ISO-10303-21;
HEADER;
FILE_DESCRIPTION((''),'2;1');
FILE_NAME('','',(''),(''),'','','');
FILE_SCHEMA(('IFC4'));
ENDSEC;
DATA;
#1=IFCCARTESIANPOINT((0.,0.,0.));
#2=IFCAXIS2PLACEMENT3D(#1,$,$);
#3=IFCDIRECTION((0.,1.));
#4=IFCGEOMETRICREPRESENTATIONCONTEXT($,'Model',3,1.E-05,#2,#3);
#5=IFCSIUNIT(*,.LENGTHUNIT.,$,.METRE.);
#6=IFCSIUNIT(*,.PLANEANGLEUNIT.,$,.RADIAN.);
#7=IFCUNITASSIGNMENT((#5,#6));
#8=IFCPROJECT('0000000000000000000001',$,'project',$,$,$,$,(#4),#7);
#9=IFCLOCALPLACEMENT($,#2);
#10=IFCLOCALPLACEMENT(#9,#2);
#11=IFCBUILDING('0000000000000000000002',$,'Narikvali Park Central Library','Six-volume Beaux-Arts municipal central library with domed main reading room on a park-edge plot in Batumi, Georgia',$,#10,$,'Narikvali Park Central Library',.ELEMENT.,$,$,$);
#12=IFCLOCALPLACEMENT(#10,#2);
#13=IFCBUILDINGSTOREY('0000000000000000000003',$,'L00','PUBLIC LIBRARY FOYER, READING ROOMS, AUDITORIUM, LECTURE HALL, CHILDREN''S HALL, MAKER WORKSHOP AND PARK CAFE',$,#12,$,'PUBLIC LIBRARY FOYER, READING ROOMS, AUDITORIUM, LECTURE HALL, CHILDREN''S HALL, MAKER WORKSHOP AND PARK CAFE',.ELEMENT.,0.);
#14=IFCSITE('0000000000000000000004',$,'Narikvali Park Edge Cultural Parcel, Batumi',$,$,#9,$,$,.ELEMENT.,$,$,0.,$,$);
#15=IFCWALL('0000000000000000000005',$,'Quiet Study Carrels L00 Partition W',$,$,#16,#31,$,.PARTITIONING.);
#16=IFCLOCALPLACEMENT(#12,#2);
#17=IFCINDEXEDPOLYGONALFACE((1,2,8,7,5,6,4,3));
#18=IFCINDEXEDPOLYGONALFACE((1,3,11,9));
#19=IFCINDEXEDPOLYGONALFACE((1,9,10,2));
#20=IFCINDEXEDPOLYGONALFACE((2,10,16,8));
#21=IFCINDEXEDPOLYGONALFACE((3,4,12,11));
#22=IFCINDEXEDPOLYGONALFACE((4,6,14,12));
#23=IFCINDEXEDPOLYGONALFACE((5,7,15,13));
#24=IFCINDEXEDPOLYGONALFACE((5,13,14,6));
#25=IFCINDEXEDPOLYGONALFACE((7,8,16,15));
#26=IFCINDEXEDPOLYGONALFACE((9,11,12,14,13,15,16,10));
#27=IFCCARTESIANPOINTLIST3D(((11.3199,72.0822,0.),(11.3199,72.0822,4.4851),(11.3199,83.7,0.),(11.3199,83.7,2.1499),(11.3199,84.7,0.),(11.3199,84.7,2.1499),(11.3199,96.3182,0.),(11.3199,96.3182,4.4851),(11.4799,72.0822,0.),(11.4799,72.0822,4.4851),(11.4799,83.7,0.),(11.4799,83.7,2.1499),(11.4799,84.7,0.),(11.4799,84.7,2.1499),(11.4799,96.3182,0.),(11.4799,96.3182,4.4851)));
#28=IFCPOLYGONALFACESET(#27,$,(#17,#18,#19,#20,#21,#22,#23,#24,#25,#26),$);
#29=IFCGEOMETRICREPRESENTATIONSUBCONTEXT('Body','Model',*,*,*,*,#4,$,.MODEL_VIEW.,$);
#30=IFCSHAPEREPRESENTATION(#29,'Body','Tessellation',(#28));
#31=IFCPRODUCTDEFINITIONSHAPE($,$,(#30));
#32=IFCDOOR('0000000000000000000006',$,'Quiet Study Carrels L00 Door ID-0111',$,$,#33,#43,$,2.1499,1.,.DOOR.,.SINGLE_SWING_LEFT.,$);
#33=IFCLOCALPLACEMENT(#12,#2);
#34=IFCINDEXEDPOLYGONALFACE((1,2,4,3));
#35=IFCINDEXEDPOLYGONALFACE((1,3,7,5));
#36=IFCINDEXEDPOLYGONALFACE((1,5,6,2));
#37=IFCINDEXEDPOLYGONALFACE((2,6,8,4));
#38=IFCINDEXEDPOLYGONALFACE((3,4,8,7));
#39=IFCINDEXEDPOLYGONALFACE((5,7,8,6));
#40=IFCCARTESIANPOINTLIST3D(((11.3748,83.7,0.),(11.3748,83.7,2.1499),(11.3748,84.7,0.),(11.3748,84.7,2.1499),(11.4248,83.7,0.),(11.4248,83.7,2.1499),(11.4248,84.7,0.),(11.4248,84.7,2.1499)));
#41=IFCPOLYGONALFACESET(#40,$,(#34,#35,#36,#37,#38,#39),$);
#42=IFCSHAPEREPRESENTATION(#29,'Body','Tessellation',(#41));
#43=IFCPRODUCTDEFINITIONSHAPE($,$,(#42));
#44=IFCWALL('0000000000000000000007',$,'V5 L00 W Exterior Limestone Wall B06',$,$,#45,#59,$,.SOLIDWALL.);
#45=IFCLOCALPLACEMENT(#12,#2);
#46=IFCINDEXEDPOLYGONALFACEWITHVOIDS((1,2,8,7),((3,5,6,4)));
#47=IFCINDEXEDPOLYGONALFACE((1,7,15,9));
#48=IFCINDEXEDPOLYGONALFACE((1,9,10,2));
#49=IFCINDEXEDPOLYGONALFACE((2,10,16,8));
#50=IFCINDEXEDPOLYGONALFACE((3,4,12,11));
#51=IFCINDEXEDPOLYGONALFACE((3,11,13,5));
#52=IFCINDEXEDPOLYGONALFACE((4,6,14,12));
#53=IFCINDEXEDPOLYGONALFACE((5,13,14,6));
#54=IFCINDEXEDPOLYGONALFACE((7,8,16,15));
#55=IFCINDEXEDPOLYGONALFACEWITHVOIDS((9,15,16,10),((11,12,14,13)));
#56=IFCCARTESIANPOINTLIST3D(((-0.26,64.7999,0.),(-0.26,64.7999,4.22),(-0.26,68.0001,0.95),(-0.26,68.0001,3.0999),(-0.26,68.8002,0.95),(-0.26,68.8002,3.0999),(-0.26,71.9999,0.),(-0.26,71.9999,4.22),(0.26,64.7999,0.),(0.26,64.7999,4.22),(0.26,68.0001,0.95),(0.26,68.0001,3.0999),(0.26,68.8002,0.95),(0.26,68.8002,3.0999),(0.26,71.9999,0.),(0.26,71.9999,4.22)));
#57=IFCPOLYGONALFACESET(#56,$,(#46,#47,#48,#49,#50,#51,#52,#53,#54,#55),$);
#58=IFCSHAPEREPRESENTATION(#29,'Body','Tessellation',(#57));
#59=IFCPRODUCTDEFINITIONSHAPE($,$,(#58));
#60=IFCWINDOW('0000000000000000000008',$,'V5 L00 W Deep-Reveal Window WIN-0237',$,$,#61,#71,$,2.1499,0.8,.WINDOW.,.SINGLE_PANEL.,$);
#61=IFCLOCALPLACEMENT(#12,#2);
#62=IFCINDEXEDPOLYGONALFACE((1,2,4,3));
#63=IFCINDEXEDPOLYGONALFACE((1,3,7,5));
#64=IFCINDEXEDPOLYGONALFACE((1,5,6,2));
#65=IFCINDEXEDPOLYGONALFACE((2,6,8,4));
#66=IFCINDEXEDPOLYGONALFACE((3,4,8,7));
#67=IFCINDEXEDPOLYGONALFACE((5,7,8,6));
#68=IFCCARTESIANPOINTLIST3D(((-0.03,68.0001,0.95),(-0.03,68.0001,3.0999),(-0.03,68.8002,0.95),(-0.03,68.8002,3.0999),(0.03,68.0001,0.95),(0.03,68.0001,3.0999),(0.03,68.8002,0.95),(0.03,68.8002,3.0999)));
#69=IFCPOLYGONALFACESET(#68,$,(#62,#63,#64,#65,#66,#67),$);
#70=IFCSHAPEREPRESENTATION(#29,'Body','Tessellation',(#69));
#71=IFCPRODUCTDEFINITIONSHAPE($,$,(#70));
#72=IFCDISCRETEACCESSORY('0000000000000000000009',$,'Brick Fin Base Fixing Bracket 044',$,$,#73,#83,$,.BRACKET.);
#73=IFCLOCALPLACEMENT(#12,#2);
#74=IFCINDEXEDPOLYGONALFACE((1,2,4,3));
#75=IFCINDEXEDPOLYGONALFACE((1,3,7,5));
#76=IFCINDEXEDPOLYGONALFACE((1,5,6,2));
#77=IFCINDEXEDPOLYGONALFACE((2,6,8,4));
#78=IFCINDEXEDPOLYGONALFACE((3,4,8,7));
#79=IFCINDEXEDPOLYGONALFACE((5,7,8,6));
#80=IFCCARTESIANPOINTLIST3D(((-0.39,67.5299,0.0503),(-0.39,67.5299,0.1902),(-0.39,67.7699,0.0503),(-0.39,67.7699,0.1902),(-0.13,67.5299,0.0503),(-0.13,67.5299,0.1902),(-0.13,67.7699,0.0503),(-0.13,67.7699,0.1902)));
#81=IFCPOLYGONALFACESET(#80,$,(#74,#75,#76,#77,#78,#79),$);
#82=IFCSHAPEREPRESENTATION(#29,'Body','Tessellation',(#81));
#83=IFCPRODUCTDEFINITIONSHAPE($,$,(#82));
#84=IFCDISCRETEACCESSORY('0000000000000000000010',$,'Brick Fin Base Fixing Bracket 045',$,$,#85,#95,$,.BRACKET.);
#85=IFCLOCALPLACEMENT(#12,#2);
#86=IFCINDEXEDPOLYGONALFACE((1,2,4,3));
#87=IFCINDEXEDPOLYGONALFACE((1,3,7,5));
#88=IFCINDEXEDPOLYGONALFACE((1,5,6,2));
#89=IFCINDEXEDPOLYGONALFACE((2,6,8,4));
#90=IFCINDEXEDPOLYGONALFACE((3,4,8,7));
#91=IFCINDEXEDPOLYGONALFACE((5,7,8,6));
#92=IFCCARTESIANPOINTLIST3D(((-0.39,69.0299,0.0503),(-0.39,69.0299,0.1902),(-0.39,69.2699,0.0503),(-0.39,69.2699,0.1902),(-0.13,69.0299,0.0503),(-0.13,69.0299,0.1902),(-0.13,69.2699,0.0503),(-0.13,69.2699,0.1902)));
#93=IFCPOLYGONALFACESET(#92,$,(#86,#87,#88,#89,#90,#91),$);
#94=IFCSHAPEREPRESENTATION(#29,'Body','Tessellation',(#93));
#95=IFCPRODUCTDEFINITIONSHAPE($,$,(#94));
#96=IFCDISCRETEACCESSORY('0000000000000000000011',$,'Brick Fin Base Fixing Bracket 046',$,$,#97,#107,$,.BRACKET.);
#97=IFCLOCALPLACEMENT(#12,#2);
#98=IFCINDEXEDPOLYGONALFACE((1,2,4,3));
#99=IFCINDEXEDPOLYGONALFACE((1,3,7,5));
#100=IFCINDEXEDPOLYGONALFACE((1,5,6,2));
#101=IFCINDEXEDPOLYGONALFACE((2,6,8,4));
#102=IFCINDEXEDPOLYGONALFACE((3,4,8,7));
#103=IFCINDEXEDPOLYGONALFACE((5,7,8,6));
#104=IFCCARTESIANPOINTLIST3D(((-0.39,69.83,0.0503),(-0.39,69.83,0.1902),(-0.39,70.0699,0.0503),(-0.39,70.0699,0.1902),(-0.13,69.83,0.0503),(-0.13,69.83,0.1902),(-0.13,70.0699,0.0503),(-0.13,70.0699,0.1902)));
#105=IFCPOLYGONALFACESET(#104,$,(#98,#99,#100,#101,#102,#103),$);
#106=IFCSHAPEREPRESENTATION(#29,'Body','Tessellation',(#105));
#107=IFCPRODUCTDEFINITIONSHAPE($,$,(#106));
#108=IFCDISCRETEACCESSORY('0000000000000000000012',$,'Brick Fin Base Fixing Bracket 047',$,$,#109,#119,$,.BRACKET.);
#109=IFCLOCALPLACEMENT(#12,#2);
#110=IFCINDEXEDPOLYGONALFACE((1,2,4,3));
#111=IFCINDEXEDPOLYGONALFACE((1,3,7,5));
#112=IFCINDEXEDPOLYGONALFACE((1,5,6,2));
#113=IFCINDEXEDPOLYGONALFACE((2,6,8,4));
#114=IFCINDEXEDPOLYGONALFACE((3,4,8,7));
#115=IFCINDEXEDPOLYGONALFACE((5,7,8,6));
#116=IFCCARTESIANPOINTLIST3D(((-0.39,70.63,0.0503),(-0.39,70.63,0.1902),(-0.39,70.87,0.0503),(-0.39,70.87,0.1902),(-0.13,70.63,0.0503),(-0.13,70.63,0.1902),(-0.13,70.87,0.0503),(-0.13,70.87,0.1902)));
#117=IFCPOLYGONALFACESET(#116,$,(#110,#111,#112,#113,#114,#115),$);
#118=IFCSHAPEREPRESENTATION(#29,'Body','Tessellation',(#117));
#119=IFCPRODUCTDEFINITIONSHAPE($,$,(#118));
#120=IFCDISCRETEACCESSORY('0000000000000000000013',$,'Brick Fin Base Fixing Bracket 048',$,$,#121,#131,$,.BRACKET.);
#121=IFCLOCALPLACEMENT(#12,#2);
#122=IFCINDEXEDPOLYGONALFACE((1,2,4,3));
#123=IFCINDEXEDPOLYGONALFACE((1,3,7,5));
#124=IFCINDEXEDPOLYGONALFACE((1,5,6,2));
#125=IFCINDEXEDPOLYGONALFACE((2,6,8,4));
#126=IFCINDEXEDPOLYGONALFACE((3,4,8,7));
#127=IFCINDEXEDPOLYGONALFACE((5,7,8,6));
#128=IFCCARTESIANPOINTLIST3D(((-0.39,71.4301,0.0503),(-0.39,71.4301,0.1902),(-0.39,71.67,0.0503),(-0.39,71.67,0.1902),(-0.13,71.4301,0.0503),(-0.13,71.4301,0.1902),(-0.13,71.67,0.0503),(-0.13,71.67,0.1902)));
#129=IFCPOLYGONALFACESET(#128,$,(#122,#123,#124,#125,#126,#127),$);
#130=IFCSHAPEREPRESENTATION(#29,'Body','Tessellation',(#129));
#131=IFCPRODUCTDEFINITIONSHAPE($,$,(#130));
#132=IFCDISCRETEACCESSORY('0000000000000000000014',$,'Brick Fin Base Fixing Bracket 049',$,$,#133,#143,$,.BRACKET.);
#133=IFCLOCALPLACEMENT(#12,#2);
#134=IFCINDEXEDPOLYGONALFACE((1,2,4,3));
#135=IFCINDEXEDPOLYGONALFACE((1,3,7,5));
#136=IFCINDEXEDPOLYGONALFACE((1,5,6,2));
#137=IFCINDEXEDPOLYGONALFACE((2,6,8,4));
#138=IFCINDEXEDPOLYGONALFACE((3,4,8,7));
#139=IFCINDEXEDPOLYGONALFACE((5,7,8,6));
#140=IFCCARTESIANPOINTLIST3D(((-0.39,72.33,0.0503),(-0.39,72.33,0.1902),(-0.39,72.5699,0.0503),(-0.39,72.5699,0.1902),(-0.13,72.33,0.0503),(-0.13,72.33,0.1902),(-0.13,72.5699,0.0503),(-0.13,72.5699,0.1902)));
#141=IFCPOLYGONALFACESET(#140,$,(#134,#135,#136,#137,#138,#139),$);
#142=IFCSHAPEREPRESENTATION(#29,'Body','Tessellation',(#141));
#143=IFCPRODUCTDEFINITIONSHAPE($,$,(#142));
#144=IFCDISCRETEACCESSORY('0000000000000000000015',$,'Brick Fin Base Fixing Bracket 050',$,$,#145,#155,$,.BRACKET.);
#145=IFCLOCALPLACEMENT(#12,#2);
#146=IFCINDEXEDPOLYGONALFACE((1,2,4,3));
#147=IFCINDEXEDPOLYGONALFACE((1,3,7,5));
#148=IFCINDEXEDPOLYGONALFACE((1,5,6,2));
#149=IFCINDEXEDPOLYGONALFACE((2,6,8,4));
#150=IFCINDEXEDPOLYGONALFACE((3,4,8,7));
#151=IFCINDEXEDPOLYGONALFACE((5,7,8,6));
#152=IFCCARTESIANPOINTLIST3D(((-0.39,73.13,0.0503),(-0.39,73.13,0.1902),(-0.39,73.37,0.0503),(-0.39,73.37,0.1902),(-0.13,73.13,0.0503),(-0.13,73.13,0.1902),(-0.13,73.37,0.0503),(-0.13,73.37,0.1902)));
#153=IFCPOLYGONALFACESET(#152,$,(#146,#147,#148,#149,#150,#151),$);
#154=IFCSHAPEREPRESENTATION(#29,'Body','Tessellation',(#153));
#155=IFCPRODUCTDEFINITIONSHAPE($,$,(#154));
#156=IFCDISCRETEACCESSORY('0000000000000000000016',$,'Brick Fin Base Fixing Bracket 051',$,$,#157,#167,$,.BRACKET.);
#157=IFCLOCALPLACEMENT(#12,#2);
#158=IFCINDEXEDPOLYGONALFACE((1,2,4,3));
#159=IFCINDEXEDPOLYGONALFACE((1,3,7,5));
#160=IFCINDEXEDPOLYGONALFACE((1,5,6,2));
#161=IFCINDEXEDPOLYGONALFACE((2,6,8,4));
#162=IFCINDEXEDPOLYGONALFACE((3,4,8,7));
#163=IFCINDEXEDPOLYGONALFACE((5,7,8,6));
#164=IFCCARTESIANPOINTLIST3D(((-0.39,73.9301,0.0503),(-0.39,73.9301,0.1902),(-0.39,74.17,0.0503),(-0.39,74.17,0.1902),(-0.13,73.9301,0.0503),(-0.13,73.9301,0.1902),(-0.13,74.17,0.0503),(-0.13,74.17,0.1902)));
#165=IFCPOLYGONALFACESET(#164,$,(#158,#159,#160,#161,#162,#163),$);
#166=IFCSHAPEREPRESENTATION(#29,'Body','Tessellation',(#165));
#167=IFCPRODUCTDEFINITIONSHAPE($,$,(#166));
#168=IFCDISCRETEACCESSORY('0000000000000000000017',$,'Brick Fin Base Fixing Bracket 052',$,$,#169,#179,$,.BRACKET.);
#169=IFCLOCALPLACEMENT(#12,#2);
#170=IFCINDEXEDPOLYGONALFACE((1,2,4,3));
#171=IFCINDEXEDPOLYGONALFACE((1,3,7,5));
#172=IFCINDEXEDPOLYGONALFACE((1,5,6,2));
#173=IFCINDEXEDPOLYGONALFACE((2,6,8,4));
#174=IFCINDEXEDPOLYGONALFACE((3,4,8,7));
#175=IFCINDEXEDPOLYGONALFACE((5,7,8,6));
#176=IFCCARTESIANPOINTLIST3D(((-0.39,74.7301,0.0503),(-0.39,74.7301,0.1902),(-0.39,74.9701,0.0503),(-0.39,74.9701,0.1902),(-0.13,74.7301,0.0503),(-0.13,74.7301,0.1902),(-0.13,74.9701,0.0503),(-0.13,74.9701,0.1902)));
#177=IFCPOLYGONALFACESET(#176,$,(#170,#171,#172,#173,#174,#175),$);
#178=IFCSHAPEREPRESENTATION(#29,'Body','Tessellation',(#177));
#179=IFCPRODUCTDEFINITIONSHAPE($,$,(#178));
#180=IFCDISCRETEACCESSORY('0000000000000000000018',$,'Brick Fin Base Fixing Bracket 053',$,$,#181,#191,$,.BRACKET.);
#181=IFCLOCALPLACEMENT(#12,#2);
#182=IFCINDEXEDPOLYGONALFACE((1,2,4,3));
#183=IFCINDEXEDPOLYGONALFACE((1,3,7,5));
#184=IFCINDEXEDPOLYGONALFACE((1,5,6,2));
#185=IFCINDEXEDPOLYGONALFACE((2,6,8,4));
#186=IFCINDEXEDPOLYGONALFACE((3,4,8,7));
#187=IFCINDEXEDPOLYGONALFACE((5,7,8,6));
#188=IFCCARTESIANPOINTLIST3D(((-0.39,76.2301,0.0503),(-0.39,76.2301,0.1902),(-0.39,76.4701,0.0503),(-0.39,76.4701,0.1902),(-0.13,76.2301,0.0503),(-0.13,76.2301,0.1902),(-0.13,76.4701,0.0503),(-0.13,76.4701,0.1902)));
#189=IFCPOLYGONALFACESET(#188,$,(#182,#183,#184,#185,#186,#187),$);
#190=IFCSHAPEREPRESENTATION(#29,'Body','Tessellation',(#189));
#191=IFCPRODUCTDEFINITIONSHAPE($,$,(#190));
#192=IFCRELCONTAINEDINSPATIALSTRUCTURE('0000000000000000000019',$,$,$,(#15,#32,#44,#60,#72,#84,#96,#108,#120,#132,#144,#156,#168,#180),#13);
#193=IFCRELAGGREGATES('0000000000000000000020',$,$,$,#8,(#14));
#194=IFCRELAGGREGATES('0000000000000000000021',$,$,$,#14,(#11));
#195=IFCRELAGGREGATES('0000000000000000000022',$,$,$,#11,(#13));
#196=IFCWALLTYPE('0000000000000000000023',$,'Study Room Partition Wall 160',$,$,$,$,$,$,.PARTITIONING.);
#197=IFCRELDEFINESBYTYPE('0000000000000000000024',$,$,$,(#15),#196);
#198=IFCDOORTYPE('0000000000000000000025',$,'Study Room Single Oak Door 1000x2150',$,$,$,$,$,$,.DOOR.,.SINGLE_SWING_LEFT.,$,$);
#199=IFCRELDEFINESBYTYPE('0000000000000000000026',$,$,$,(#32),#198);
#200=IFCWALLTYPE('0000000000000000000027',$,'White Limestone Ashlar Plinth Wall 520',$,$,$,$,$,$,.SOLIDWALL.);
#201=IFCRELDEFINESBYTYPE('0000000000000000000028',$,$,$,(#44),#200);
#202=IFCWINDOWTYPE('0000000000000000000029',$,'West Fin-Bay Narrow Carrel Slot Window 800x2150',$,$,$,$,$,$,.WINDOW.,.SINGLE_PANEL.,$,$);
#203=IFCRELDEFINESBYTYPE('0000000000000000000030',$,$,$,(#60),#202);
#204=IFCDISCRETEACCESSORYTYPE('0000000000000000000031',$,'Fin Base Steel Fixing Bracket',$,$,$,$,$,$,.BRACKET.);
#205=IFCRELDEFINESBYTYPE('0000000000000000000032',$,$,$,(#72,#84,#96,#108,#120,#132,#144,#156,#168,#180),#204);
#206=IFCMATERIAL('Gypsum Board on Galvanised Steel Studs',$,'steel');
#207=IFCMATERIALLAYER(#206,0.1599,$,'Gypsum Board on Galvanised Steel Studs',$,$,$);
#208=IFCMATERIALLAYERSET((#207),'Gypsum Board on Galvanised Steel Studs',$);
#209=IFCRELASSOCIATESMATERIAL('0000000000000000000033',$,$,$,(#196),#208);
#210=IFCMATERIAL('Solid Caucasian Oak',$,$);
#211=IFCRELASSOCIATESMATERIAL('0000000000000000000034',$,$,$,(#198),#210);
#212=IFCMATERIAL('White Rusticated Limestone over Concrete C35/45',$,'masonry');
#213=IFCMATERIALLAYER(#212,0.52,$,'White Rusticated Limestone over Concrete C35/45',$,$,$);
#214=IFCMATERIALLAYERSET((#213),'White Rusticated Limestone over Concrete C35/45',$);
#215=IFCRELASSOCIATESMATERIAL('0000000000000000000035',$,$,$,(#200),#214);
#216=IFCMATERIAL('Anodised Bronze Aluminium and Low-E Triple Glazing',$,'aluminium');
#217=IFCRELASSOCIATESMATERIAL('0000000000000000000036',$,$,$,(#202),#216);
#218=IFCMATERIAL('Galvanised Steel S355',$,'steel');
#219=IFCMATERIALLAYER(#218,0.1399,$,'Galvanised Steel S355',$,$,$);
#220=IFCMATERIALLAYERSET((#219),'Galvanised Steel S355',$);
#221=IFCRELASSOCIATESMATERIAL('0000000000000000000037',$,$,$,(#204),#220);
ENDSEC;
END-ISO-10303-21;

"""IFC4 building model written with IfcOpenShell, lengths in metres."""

from ifc_helpers import new_model, si_unit, direction, frame, frame_2d, origin, origin_2d, place, context, subcontext, project, spatial, rectangle, extrude, material, layer, layer_set, type_object, element, fill, save


model = new_model("IFC4")

# Units and contexts
model_context = context("Model", 3, precision=1e-05, world=origin(), true_north=direction((0.0, 1.0)))
body_context = subcontext(model_context, "Body", "Model", "MODEL_VIEW")
ifc_project = project(units=[si_unit("LENGTHUNIT", "METRE"), si_unit("PLANEANGLEUNIT", "RADIAN")], contexts=[model_context])

# Site, building, storey
site_placement = place(None, origin())
site = spatial("IfcSite", under=ifc_project, at=site_placement, Name="Narikvali Park Edge Cultural Parcel, Batumi", CompositionType="ELEMENT", RefElevation=0.0)
building_placement = place(site_placement, origin())
building = spatial("IfcBuilding", under=site, at=building_placement, Name="Narikvali Park Central Library", Description="Six-volume Beaux-Arts municipal central library with domed main reading room on a park-edge plot in Batumi, Georgia", LongName="Narikvali Park Central Library", CompositionType="ELEMENT")
storey_placement = place(building_placement, origin())
storey = spatial("IfcBuildingStorey", under=building, at=storey_placement, Name="L00", Description="PUBLIC LIBRARY FOYER, READING ROOMS, AUDITORIUM, LECTURE HALL, CHILDREN'S HALL, MAKER WORKSHOP AND PARK CAFE", LongName="PUBLIC LIBRARY FOYER, READING ROOMS, AUDITORIUM, LECTURE HALL, CHILDREN'S HALL, MAKER WORKSHOP AND PARK CAFE", CompositionType="ELEMENT", Elevation=0.0)

# Shared definitions
ifc_material_1 = material(Name="Gypsum Board on Galvanised Steel Studs", Category="steel")
ifc_layer_1 = layer(ifc_material_1, 0.1599, Name="Gypsum Board on Galvanised Steel Studs")
ifc_layer_set_1 = layer_set([ifc_layer_1], Name="Gypsum Board on Galvanised Steel Studs")
wall_type_1 = type_object("IfcWallType", Name="Study Room Partition Wall 160", PredefinedType="PARTITIONING", material=ifc_layer_set_1)

# Wall, opening, door
wall_1_placement = place(storey_placement, frame((11.3999, 72.082, 0.0), z_axis=(0.0, 0.0, 1.0), x_axis=(0.0, 1.0, 0.0)))
wall_1 = element("IfcWall", 1, at=wall_1_placement, inside=storey, type_object=wall_type_1, Name="Quiet Study Carrels L00 Partition W", PredefinedType="PARTITIONING", context=body_context, shape_type="SweptSolid", body=[
    extrude(rectangle(XDim=24.2361, YDim=0.1599, at=frame_2d((12.1182, 0.0))), origin(), (0.0, 0.0, 1.0), 4.4851),
])
opening_1_placement = place(wall_1_placement, frame((11.6179, 0.0, 0.0)))
opening_1 = element("IfcOpeningElement", 2, at=opening_1_placement, cuts=wall_1, PredefinedType="OPENING", context=body_context, shape_type="SweptSolid", body=[
    extrude(rectangle(XDim=1.0, YDim=2.1499, at=frame_2d((0.5, 1.075))), frame((0.0, 0.0918, 0.0), z_axis=(0.0, -1.0, 0.0), x_axis=(1.0, 0.0, 0.0)), (0.0, 0.0, 1.0), 0.1838),
])
ifc_material_2 = material(Name="Solid Caucasian Oak")
door_type = type_object("IfcDoorType", Name="Study Room Single Oak Door 1000x2150", OperationType="SINGLE_SWING_LEFT", PredefinedType="DOOR", material=ifc_material_2)
door_placement = place(opening_1_placement, frame((1.0, 0.0, 0.0), z_axis=(0.0, 0.0, 1.0), x_axis=(-1.0, 0.0, 0.0)))
door = element("IfcDoor", 3, at=door_placement, inside=storey, type_object=door_type, Name="Quiet Study Carrels L00 Door ID-0111", OperationType="SINGLE_SWING_LEFT", OverallHeight=2.1499, OverallWidth=1.0, PredefinedType="DOOR", context=body_context, shape_type="SweptSolid", body=[
    extrude(rectangle(XDim=1.0, YDim=2.1499, at=frame_2d((0.5, 1.075))), frame((0.0, 0.0249, 0.0), z_axis=(0.0, -1.0, 0.0), x_axis=(1.0, 0.0, 0.0)), (0.0, 0.0, 1.0), 0.05),
])
fill(opening_1, door)

# Wall, opening, window
ifc_material_3 = material(Name="White Rusticated Limestone over Concrete C35/45", Category="masonry")
ifc_layer_2 = layer(ifc_material_3, 0.52, Name="White Rusticated Limestone over Concrete C35/45")
ifc_layer_set_2 = layer_set([ifc_layer_2], Name="White Rusticated Limestone over Concrete C35/45")
wall_type_2 = type_object("IfcWallType", Name="White Limestone Ashlar Plinth Wall 520", PredefinedType="SOLIDWALL", material=ifc_layer_set_2)
wall_2_placement = place(storey_placement, frame((0.0, 72.0, 0.0), z_axis=(0.0, 0.0, 1.0), x_axis=(0.0, -1.0, 0.0)))
wall_2 = element("IfcWall", 4, at=wall_2_placement, inside=storey, type_object=wall_type_2, Name="V5 L00 W Exterior Limestone Wall B06", PredefinedType="SOLIDWALL", context=body_context, shape_type="SweptSolid", body=[
    extrude(rectangle(XDim=7.2, YDim=0.52, at=frame_2d((3.6001, 0.0))), origin(), (0.0, 0.0, 1.0), 4.22),
])
opening_2_placement = place(wall_2_placement, frame((3.2, 0.0, 0.95)))
opening_2 = element("IfcOpeningElement", 5, at=opening_2_placement, cuts=wall_2, PredefinedType="OPENING", context=body_context, shape_type="SweptSolid", body=[
    extrude(rectangle(XDim=0.8, YDim=2.1499, at=frame_2d((0.3999, 1.075))), frame((0.0, 0.272, 0.0), z_axis=(0.0, -1.0, 0.0), x_axis=(1.0, 0.0, 0.0)), (0.0, 0.0, 1.0), 0.5439),
])
ifc_material_4 = material(Name="Anodised Bronze Aluminium and Low-E Triple Glazing", Category="aluminium")
window_type = type_object("IfcWindowType", Name="West Fin-Bay Narrow Carrel Slot Window 800x2150", PartitioningType="SINGLE_PANEL", PredefinedType="WINDOW", material=ifc_material_4)
window_placement = place(opening_2_placement, origin())
window = element("IfcWindow", 6, at=window_placement, inside=storey, type_object=window_type, Name="V5 L00 W Deep-Reveal Window WIN-0237", OverallHeight=2.1499, OverallWidth=0.8, PartitioningType="SINGLE_PANEL", PredefinedType="WINDOW", context=body_context, shape_type="SweptSolid", body=[
    extrude(rectangle(XDim=0.8, YDim=2.1499, at=frame_2d((0.3999, 1.075))), frame((0.0, 0.03, 0.0), z_axis=(0.0, -1.0, 0.0), x_axis=(1.0, 0.0, 0.0)), (0.0, 0.0, 1.0), 0.0601),
])
fill(opening_2, window)

# Discrete accessories
ifc_material_5 = material(Name="Galvanised Steel S355", Category="steel")
ifc_layer_3 = layer(ifc_material_5, 0.1399, Name="Galvanised Steel S355")
ifc_layer_set_3 = layer_set([ifc_layer_3], Name="Galvanised Steel S355")
discrete_accessory_type = type_object("IfcDiscreteAccessoryType", Name="Fin Base Steel Fixing Bracket", PredefinedType="BRACKET", material=ifc_layer_set_3)
for number, where, z_axis, x_axis, name in (
    (7, (-0.26, 67.6499, 0.0503), (0.0, 0.0, 1.0), (1.0, 0.0, 0.0), "Brick Fin Base Fixing Bracket 044"),
    (8, (-0.26, 69.1499, 0.0503), (0.0, 0.0, 1.0), (1.0, 0.0, 0.0), "Brick Fin Base Fixing Bracket 045"),
    (9, (-0.26, 69.95, 0.0503), (0.0, 0.0, 1.0), (1.0, 0.0, 0.0), "Brick Fin Base Fixing Bracket 046"),
    (10, (-0.26, 70.75, 0.0503), (0.0, 0.0, 1.0), (1.0, 0.0, 0.0), "Brick Fin Base Fixing Bracket 047"),
    (11, (-0.26, 71.55, 0.0503), (0.0, 0.0, 1.0), (1.0, 0.0, 0.0), "Brick Fin Base Fixing Bracket 048"),
    (12, (-0.26, 72.45, 0.0503), (0.0, 0.0, 1.0), (1.0, 0.0, 0.0), "Brick Fin Base Fixing Bracket 049"),
    (13, (-0.26, 73.25, 0.0503), (0.0, 0.0, 1.0), (1.0, 0.0, 0.0), "Brick Fin Base Fixing Bracket 050"),
    (14, (-0.26, 74.05, 0.0503), (0.0, 0.0, 1.0), (1.0, 0.0, 0.0), "Brick Fin Base Fixing Bracket 051"),
    (15, (-0.26, 74.8501, 0.0503), (0.0, 0.0, 1.0), (1.0, 0.0, 0.0), "Brick Fin Base Fixing Bracket 052"),
    (16, (-0.26, 76.3501, 0.0503), (0.0, 0.0, 1.0), (1.0, 0.0, 0.0), "Brick Fin Base Fixing Bracket 053"),
):
    element("IfcDiscreteAccessory", number, at=place(storey_placement, frame(where, z_axis=z_axis, x_axis=x_axis)), inside=storey, type_object=discrete_accessory_type, Name=name, PredefinedType="BRACKET", context=body_context, shape_type="SweptSolid", body=[
        extrude(rectangle(XDim=0.26, YDim=0.24, at=origin_2d()), origin(), (0.0, 0.0, 1.0), 0.1399),
    ])

save(model, "model.ifc")
